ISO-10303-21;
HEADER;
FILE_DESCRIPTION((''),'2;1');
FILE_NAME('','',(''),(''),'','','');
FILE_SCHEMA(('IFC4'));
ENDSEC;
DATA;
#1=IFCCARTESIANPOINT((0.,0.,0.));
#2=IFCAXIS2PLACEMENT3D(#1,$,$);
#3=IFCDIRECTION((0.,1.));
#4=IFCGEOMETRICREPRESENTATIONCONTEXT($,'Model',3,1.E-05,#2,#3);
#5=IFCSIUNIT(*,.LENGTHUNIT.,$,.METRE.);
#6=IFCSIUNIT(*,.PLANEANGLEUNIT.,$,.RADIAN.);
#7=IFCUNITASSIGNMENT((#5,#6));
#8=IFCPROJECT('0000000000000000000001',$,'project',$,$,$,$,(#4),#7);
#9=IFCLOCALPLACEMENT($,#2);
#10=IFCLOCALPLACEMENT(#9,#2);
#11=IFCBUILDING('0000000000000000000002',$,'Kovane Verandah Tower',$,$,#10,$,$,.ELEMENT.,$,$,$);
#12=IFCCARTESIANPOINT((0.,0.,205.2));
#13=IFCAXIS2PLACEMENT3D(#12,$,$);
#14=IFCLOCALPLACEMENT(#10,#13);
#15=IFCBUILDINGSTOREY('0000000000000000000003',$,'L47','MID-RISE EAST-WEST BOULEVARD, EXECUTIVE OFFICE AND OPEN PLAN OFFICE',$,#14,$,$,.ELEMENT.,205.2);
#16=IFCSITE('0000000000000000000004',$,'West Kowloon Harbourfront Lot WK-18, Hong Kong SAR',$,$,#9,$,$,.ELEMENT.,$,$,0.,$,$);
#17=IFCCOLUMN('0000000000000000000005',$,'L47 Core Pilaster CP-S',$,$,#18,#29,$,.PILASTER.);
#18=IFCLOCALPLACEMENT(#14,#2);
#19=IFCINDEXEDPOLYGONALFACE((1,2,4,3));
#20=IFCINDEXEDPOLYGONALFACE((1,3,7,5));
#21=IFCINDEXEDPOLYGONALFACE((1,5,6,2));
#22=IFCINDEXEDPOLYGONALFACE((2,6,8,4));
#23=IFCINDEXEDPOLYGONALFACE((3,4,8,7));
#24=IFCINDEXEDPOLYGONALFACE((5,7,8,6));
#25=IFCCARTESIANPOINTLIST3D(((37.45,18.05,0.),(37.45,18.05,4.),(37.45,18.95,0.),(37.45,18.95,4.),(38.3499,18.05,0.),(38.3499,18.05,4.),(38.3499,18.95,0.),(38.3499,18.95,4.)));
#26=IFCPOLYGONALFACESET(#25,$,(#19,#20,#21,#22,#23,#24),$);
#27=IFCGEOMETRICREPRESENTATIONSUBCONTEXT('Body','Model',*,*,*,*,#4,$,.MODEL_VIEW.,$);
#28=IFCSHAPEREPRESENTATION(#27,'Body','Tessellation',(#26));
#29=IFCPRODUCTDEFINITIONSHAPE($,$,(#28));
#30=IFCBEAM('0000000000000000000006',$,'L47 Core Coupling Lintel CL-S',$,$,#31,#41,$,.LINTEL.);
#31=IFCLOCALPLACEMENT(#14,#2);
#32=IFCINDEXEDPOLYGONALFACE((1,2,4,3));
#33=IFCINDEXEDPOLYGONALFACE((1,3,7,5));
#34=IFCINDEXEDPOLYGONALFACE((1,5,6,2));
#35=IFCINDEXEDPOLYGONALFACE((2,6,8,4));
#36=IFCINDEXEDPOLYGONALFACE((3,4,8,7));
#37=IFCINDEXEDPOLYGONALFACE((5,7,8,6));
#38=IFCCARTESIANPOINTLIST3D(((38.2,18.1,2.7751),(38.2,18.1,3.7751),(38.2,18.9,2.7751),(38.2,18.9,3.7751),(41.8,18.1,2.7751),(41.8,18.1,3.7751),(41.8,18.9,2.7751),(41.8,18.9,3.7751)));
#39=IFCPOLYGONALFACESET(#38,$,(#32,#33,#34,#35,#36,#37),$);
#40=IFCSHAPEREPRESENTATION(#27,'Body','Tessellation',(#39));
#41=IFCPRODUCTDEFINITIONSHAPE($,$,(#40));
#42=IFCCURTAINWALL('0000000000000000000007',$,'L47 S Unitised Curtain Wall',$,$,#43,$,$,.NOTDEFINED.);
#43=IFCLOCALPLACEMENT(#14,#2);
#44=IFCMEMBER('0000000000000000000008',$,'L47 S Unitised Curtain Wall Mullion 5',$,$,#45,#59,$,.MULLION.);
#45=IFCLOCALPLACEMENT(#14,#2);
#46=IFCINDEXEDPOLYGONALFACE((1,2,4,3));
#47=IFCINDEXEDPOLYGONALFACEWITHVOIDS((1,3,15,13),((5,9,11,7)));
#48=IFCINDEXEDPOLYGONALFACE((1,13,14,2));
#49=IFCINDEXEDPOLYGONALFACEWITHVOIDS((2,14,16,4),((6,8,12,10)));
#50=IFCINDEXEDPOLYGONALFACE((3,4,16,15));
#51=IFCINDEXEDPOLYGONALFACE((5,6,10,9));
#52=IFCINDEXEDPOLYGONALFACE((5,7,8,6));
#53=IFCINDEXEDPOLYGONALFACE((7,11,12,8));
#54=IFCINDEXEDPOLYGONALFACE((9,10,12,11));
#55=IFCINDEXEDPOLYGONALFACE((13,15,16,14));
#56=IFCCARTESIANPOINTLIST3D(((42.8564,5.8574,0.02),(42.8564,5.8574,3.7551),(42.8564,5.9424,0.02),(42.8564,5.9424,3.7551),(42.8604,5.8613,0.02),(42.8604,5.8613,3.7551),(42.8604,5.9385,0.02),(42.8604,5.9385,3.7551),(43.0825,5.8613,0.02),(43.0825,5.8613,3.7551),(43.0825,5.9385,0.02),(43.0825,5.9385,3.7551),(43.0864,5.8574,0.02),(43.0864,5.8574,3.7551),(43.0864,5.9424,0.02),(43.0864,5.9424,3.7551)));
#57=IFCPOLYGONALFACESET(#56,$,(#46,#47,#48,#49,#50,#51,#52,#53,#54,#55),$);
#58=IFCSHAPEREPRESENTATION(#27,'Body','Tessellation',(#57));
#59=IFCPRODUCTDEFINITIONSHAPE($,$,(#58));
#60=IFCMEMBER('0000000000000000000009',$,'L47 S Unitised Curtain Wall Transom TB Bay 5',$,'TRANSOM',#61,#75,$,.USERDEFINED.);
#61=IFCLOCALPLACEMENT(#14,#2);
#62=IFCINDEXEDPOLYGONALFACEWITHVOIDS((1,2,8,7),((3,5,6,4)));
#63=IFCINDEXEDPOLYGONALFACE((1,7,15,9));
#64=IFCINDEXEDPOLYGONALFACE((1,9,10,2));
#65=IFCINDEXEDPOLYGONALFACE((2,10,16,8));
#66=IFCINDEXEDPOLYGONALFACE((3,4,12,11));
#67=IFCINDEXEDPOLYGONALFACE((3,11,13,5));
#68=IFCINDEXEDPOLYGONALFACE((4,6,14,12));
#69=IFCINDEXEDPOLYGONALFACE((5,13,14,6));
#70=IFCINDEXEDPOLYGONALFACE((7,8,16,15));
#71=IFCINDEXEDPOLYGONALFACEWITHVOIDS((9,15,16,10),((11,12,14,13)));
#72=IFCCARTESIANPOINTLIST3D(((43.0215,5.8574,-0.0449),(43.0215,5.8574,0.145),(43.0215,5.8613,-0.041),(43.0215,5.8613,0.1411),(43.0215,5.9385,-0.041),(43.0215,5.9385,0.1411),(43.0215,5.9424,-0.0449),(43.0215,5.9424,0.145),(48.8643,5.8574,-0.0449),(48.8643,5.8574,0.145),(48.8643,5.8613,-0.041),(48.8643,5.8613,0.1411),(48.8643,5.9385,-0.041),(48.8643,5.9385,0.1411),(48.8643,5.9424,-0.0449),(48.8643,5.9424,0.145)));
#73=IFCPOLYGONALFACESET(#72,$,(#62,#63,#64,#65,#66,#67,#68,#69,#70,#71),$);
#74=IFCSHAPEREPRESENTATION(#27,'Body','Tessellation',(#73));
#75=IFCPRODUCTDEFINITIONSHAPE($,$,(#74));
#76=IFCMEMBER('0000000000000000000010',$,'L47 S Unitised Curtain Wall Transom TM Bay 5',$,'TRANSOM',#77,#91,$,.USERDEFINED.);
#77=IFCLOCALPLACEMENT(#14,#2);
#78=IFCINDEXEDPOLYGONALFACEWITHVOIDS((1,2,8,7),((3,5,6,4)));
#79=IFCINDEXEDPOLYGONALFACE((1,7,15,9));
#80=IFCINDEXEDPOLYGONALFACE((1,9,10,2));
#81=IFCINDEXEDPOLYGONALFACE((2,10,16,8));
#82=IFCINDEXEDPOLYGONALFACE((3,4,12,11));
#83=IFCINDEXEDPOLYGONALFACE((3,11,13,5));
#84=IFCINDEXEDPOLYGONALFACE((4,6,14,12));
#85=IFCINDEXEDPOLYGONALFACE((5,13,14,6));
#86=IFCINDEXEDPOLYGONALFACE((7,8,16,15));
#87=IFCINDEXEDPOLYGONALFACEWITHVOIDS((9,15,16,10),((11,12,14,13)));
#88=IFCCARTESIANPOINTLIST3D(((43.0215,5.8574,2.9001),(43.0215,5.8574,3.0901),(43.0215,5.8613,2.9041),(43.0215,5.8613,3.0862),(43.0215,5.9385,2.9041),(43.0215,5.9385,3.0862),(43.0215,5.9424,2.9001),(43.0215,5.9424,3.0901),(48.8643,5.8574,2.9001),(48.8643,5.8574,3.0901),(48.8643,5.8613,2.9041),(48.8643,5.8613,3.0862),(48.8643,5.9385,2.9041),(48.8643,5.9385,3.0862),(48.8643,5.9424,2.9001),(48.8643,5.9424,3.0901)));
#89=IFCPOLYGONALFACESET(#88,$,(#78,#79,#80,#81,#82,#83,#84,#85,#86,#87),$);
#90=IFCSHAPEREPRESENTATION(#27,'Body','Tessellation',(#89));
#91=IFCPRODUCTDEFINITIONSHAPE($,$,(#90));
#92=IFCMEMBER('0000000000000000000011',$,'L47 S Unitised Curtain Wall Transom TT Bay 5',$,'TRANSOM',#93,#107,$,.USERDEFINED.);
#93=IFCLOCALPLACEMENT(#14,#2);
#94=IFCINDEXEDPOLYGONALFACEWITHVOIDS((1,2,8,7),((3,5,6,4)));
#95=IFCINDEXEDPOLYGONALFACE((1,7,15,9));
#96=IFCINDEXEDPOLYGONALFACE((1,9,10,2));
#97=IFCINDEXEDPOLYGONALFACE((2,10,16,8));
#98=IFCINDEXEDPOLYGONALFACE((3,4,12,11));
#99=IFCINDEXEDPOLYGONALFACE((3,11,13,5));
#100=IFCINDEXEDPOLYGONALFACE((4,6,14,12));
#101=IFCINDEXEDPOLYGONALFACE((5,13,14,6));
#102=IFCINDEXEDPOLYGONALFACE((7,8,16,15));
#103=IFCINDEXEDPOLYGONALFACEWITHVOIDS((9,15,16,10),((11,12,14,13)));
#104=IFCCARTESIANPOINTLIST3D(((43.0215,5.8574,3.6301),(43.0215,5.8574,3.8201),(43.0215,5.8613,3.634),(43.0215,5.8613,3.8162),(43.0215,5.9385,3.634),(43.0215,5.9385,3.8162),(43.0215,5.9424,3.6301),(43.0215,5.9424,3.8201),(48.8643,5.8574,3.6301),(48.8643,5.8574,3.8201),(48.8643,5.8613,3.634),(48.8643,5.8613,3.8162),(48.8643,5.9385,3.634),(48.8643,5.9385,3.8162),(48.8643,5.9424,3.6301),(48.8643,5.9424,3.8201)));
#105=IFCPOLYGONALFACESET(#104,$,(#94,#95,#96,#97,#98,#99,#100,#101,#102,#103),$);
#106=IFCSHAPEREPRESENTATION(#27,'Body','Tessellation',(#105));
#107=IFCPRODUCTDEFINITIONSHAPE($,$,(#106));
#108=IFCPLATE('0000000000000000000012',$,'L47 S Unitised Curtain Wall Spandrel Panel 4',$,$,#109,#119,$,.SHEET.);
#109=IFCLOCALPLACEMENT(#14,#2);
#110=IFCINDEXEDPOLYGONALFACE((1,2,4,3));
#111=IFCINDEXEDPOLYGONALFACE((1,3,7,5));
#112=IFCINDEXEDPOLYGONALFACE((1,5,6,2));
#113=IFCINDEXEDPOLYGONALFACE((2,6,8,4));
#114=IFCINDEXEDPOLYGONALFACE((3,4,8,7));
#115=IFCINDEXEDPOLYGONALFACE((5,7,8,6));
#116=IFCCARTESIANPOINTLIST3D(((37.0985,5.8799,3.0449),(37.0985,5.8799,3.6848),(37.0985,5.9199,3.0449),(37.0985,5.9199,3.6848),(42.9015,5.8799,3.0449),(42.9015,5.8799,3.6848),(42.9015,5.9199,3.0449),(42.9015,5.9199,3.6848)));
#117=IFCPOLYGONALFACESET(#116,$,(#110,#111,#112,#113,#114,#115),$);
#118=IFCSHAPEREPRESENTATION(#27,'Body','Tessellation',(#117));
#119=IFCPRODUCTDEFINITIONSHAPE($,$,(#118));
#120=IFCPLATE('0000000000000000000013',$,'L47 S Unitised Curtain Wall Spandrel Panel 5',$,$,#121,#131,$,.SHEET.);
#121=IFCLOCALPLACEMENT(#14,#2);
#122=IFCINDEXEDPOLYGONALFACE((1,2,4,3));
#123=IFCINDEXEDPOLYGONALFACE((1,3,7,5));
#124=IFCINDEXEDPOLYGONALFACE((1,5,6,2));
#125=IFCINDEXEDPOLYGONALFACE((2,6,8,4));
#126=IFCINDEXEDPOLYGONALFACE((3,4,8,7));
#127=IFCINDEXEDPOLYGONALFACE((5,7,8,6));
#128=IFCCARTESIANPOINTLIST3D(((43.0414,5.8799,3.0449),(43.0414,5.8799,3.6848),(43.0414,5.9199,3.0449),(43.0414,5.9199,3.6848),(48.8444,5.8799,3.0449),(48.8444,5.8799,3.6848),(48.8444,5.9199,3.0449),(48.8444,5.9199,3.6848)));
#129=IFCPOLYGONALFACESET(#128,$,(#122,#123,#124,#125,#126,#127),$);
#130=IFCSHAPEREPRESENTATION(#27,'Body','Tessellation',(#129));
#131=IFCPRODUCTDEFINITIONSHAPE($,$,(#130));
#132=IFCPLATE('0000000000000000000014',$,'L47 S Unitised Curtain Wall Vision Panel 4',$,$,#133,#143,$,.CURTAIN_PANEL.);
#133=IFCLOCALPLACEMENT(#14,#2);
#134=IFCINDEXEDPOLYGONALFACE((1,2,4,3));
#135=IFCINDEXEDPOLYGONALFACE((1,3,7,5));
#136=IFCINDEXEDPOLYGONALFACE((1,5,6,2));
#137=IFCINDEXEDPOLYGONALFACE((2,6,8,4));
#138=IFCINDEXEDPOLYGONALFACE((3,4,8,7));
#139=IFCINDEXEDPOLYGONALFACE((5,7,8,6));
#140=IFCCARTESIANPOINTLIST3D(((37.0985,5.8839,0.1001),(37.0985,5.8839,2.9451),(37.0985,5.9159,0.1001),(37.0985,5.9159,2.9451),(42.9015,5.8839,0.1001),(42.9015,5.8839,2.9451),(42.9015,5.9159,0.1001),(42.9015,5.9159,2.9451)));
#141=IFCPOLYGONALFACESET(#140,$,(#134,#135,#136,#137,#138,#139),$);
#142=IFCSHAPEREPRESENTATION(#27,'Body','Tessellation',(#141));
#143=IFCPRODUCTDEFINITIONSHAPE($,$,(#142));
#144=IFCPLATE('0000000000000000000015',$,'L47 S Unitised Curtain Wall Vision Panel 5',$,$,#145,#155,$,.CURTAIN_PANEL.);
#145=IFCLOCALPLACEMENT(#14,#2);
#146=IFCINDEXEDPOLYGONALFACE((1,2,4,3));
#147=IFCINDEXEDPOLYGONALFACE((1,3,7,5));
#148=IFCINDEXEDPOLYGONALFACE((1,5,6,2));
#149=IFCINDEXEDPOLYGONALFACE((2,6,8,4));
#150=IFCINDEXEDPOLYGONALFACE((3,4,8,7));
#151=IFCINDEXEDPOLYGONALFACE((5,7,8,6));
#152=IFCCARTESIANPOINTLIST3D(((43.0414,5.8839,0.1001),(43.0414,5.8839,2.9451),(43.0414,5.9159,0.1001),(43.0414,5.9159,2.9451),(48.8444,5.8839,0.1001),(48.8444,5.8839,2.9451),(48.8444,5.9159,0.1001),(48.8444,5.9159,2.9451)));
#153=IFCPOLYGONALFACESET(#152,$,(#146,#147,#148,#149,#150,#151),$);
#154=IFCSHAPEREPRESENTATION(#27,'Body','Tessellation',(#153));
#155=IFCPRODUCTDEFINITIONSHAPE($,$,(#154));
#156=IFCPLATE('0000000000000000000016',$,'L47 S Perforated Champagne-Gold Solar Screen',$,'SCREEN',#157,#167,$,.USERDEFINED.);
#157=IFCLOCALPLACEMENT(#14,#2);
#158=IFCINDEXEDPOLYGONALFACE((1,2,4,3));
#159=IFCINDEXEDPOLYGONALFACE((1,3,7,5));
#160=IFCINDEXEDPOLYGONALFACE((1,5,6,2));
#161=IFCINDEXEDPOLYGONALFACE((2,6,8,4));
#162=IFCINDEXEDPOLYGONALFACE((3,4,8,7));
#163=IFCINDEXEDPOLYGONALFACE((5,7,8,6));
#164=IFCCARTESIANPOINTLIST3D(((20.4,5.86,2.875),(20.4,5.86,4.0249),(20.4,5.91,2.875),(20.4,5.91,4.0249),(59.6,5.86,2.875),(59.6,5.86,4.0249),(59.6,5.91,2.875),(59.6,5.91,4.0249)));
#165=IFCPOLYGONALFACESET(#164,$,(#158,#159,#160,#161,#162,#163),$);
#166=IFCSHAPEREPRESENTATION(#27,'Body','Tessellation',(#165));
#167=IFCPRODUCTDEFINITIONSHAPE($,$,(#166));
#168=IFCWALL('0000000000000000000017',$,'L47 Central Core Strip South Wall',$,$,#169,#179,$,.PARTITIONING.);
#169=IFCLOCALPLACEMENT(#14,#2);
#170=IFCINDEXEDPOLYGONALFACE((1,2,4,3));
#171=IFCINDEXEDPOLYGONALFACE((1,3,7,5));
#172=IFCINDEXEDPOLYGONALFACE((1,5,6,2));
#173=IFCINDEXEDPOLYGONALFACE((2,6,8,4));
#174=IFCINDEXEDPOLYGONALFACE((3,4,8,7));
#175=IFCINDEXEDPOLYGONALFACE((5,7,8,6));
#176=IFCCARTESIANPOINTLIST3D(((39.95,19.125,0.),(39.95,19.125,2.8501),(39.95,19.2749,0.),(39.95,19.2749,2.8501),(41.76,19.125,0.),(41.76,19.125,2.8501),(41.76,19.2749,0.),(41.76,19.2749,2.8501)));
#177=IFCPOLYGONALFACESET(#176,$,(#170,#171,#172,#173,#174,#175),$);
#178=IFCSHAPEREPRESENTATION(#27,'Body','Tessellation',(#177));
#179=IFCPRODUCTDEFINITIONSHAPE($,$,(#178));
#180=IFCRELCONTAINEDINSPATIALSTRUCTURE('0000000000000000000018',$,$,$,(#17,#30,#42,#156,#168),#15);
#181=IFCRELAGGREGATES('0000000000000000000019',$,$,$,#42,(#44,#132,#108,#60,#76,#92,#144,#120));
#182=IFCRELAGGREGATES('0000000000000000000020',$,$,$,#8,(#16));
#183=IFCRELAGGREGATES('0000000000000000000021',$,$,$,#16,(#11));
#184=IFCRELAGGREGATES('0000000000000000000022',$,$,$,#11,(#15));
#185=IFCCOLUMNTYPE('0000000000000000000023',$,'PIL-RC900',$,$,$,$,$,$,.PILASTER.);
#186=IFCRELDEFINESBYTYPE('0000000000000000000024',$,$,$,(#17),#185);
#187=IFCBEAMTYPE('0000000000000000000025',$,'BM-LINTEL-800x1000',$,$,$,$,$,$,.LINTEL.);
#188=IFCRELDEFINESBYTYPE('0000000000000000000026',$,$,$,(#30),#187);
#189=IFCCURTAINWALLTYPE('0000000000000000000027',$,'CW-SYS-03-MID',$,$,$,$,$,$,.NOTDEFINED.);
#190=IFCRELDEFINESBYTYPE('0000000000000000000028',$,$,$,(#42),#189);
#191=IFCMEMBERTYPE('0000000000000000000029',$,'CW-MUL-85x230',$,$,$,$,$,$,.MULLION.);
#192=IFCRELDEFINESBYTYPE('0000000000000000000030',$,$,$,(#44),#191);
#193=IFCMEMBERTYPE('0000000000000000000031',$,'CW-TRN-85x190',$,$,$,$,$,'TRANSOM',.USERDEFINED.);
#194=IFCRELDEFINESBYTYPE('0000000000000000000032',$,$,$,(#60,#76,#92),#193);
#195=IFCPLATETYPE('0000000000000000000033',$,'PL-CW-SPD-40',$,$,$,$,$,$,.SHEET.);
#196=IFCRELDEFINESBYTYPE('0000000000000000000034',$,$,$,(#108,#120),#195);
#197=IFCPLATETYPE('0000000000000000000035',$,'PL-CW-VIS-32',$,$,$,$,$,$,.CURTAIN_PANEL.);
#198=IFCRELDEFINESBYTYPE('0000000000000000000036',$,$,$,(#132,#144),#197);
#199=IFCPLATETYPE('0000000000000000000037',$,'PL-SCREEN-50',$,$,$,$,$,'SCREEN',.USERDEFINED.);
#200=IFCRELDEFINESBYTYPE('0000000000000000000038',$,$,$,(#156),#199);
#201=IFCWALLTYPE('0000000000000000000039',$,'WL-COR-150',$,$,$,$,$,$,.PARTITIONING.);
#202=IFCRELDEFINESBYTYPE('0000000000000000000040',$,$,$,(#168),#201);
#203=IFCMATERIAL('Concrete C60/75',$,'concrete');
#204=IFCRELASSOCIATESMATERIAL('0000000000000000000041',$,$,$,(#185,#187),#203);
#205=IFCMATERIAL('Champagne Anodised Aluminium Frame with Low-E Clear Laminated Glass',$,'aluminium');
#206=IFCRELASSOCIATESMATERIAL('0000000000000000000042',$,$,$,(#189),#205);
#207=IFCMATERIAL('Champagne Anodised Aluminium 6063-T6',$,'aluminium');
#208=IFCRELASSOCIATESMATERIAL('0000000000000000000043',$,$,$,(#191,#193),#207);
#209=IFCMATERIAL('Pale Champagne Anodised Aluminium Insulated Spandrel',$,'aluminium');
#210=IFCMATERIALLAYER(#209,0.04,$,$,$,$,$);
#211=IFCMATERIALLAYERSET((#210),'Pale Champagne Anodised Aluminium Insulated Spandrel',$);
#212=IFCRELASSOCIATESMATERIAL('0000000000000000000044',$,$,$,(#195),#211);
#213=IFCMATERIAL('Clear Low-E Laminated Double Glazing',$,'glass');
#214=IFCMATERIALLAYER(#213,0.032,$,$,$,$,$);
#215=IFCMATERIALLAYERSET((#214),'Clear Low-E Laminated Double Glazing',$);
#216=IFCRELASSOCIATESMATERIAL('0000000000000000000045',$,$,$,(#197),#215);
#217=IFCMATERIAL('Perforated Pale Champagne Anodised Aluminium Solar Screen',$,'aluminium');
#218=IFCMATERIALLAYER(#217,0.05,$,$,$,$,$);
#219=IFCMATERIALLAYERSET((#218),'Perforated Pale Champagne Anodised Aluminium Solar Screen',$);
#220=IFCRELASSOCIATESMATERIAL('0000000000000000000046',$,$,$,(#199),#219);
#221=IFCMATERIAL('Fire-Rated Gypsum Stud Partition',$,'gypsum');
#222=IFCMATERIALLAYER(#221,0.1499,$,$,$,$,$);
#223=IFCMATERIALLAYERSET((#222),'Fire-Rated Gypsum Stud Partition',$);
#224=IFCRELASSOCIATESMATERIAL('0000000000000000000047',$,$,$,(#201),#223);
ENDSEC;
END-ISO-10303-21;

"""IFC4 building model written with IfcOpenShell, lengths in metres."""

from ifc_helpers import new_model, si_unit, direction, frame, frame_2d, origin, origin_2d, place, context, subcontext, project, spatial, rectangle, hollow_rectangle, extrude, material, layer, layer_set, material_profile, profile_set, type_object, element, aggregate, save


model = new_model("IFC4")

# Units and contexts
model_context = context("Model", 3, precision=1e-05, world=origin(), true_north=direction((0.0, 1.0)))
body_context = subcontext(model_context, "Body", "Model", "MODEL_VIEW")
ifc_project = project(units=[si_unit("LENGTHUNIT", "METRE"), si_unit("PLANEANGLEUNIT", "RADIAN")], contexts=[model_context])

# Site, building, storey
site_placement = place(None, origin())
site = spatial("IfcSite", under=ifc_project, at=site_placement, Name="West Kowloon Harbourfront Lot WK-18, Hong Kong SAR", CompositionType="ELEMENT", RefElevation=0.0)
building_placement = place(site_placement, origin())
building = spatial("IfcBuilding", under=site, at=building_placement, Name="Kovane Verandah Tower", CompositionType="ELEMENT")
storey_placement = place(building_placement, frame((0.0, 0.0, 205.2)))
storey = spatial("IfcBuildingStorey", under=building, at=storey_placement, Name="L47", Description="MID-RISE EAST-WEST BOULEVARD, EXECUTIVE OFFICE AND OPEN PLAN OFFICE", CompositionType="ELEMENT", Elevation=205.2)

# Column
ifc_material_1 = material(Name="Concrete C60/75", Category="concrete")
ifc_material_profile_1 = material_profile(ifc_material_1, rectangle(XDim=0.8999, YDim=0.8999, at=origin_2d()), Name="RC900x900")
ifc_profile_set_1 = profile_set([ifc_material_profile_1], Name="Concrete C60/75")
column_type = type_object("IfcColumnType", Name="PIL-RC900", PredefinedType="PILASTER", material=ifc_profile_set_1)
column_placement = place(storey_placement, frame((37.8999, 18.5, 0.0), z_axis=(0.0, 0.0, 1.0), x_axis=(1.0, 0.0, 0.0)))
element("IfcColumn", 1, at=column_placement, inside=storey, type_object=column_type, Name="L47 Core Pilaster CP-S", PredefinedType="PILASTER", context=body_context, shape_type="SweptSolid", body=[
    extrude(rectangle(XDim=0.8999, YDim=0.8999, at=origin_2d()), origin(), (0.0, 0.0, 1.0), 4.0),
])

# Beam
ifc_material_profile_2 = material_profile(ifc_material_1, rectangle(XDim=0.8, YDim=1.0, at=origin_2d()), Name="RCB800x1000")
ifc_profile_set_2 = profile_set([ifc_material_profile_2], Name="Concrete C60/75")
beam_type = type_object("IfcBeamType", Name="BM-LINTEL-800x1000", PredefinedType="LINTEL", material=ifc_profile_set_2)
beam_placement = place(storey_placement, frame((38.2, 18.5, 3.2751), z_axis=(1.0, 0.0, 0.0), x_axis=(0.0, 1.0, 0.0)))
element("IfcBeam", 2, at=beam_placement, inside=storey, type_object=beam_type, Name="L47 Core Coupling Lintel CL-S", PredefinedType="LINTEL", context=body_context, shape_type="SweptSolid", body=[
    extrude(rectangle(XDim=0.8, YDim=1.0, at=origin_2d()), origin(), (0.0, 0.0, 1.0), 3.6001),
])

# Curtain wall, members, plates
ifc_material_2 = material(Name="Champagne Anodised Aluminium Frame with Low-E Clear Laminated Glass", Category="aluminium")
curtain_wall_type = type_object("IfcCurtainWallType", Name="CW-SYS-03-MID", PredefinedType="NOTDEFINED", material=ifc_material_2)
curtain_wall_placement = place(storey_placement, origin())
curtain_wall = element("IfcCurtainWall", 3, at=curtain_wall_placement, inside=storey, type_object=curtain_wall_type, Name="L47 S Unitised Curtain Wall", PredefinedType="NOTDEFINED")
ifc_material_3 = material(Name="Champagne Anodised Aluminium 6063-T6", Category="aluminium")
ifc_material_profile_3 = material_profile(ifc_material_3, hollow_rectangle(XDim=0.085, YDim=0.23, WallThickness=0.0039, at=origin_2d()), Name="AL85x230x4")
ifc_profile_set_3 = profile_set([ifc_material_profile_3], Name="Champagne Anodised Aluminium 6063-T6")
member_type_1 = type_object("IfcMemberType", Name="CW-MUL-85x230", PredefinedType="MULLION", material=ifc_profile_set_3)
member_1_placement = place(storey_placement, frame((42.9714, 5.8999, 0.02), z_axis=(0.0, 0.0, 1.0), x_axis=(0.0, -1.0, 0.0)))
member_1 = element("IfcMember", 4, at=member_1_placement, type_object=member_type_1, Name="L47 S Unitised Curtain Wall Mullion 5", PredefinedType="MULLION", context=body_context, shape_type="SweptSolid", body=[
    extrude(hollow_rectangle(XDim=0.085, YDim=0.23, WallThickness=0.0039, at=origin_2d()), origin(), (0.0, 0.0, 1.0), 3.7351),
])
ifc_material_profile_4 = material_profile(ifc_material_3, hollow_rectangle(XDim=0.085, YDim=0.1899, WallThickness=0.0039, at=origin_2d()), Name="AL85x190x4")
ifc_profile_set_4 = profile_set([ifc_material_profile_4], Name="Champagne Anodised Aluminium 6063-T6")
member_type_2 = type_object("IfcMemberType", Name="CW-TRN-85x190", ElementType="TRANSOM", PredefinedType="USERDEFINED", material=ifc_profile_set_4)
member_2_placement = place(storey_placement, frame((43.0215, 5.8999, 0.05), z_axis=(1.0, 0.0, 0.0), x_axis=(0.0, 1.0, 0.0)))
member_2 = element("IfcMember", 5, at=member_2_placement, type_object=member_type_2, Name="L47 S Unitised Curtain Wall Transom TB Bay 5", ObjectType="TRANSOM", PredefinedType="USERDEFINED", context=body_context, shape_type="SweptSolid", body=[
    extrude(hollow_rectangle(XDim=0.085, YDim=0.1899, WallThickness=0.0039, at=origin_2d()), origin(), (0.0, 0.0, 1.0), 5.8428),
])
member_3_placement = place(storey_placement, frame((43.0215, 5.8999, 2.9951), z_axis=(1.0, 0.0, 0.0), x_axis=(0.0, 1.0, 0.0)))
member_3 = element("IfcMember", 6, at=member_3_placement, type_object=member_type_2, Name="L47 S Unitised Curtain Wall Transom TM Bay 5", ObjectType="TRANSOM", PredefinedType="USERDEFINED", context=body_context, shape_type="SweptSolid", body=[
    extrude(hollow_rectangle(XDim=0.085, YDim=0.1899, WallThickness=0.0039, at=origin_2d()), origin(), (0.0, 0.0, 1.0), 5.8428),
])
member_4_placement = place(storey_placement, frame((43.0215, 5.8999, 3.7251), z_axis=(1.0, 0.0, 0.0), x_axis=(0.0, 1.0, 0.0)))
member_4 = element("IfcMember", 7, at=member_4_placement, type_object=member_type_2, Name="L47 S Unitised Curtain Wall Transom TT Bay 5", ObjectType="TRANSOM", PredefinedType="USERDEFINED", context=body_context, shape_type="SweptSolid", body=[
    extrude(hollow_rectangle(XDim=0.085, YDim=0.1899, WallThickness=0.0039, at=origin_2d()), origin(), (0.0, 0.0, 1.0), 5.8428),
])
ifc_material_4 = material(Name="Pale Champagne Anodised Aluminium Insulated Spandrel", Category="aluminium")
ifc_layer_1 = layer(ifc_material_4, 0.04)
ifc_layer_set_1 = layer_set([ifc_layer_1], Name="Pale Champagne Anodised Aluminium Insulated Spandrel")
plate_type_1 = type_object("IfcPlateType", Name="PL-CW-SPD-40", PredefinedType="SHEET", material=ifc_layer_set_1)
plate_1_placement = place(storey_placement, frame((40.0, 5.8999, 3.0449), z_axis=(0.0, 0.0, 1.0), x_axis=(1.0, 0.0, 0.0)))
plate_1 = element("IfcPlate", 8, at=plate_1_placement, type_object=plate_type_1, Name="L47 S Unitised Curtain Wall Spandrel Panel 4", PredefinedType="SHEET", context=body_context, shape_type="SweptSolid", body=[
    extrude(rectangle(XDim=5.803, YDim=0.04, at=origin_2d()), origin(), (0.0, 0.0, 1.0), 0.6399),
])
plate_2_placement = place(storey_placement, frame((45.9429, 5.8999, 3.0449), z_axis=(0.0, 0.0, 1.0), x_axis=(1.0, 0.0, 0.0)))
plate_2 = element("IfcPlate", 9, at=plate_2_placement, type_object=plate_type_1, Name="L47 S Unitised Curtain Wall Spandrel Panel 5", PredefinedType="SHEET", context=body_context, shape_type="SweptSolid", body=[
    extrude(rectangle(XDim=5.803, YDim=0.04, at=origin_2d()), origin(), (0.0, 0.0, 1.0), 0.6399),
])
ifc_material_5 = material(Name="Clear Low-E Laminated Double Glazing", Category="glass")
ifc_layer_2 = layer(ifc_material_5, 0.032)
ifc_layer_set_2 = layer_set([ifc_layer_2], Name="Clear Low-E Laminated Double Glazing")
plate_type_2 = type_object("IfcPlateType", Name="PL-CW-VIS-32", PredefinedType="CURTAIN_PANEL", material=ifc_layer_set_2)
plate_3_placement = place(storey_placement, frame((40.0, 5.8999, 0.1001), z_axis=(0.0, 0.0, 1.0), x_axis=(1.0, 0.0, 0.0)))
plate_3 = element("IfcPlate", 10, at=plate_3_placement, type_object=plate_type_2, Name="L47 S Unitised Curtain Wall Vision Panel 4", PredefinedType="CURTAIN_PANEL", context=body_context, shape_type="SweptSolid", body=[
    extrude(rectangle(XDim=5.803, YDim=0.032, at=origin_2d()), origin(), (0.0, 0.0, 1.0), 2.845),
])
plate_4_placement = place(storey_placement, frame((45.9429, 5.8999, 0.1001), z_axis=(0.0, 0.0, 1.0), x_axis=(1.0, 0.0, 0.0)))
plate_4 = element("IfcPlate", 11, at=plate_4_placement, type_object=plate_type_2, Name="L47 S Unitised Curtain Wall Vision Panel 5", PredefinedType="CURTAIN_PANEL", context=body_context, shape_type="SweptSolid", body=[
    extrude(rectangle(XDim=5.803, YDim=0.032, at=origin_2d()), origin(), (0.0, 0.0, 1.0), 2.845),
])
aggregate(curtain_wall, [member_1, plate_3, plate_1, member_2, member_3, member_4, plate_4, plate_2])

# Plate
ifc_material_6 = material(Name="Perforated Pale Champagne Anodised Aluminium Solar Screen", Category="aluminium")
ifc_layer_3 = layer(ifc_material_6, 0.05)
ifc_layer_set_3 = layer_set([ifc_layer_3], Name="Perforated Pale Champagne Anodised Aluminium Solar Screen")
plate_type_3 = type_object("IfcPlateType", Name="PL-SCREEN-50", ElementType="SCREEN", PredefinedType="USERDEFINED", material=ifc_layer_set_3)
plate_5_placement = place(storey_placement, frame((40.0, 5.885, 2.875), z_axis=(0.0, 0.0, 1.0), x_axis=(1.0, 0.0, 0.0)))
element("IfcPlate", 12, at=plate_5_placement, inside=storey, type_object=plate_type_3, Name="L47 S Perforated Champagne-Gold Solar Screen", ObjectType="SCREEN", PredefinedType="USERDEFINED", context=body_context, shape_type="SweptSolid", body=[
    extrude(rectangle(XDim=39.2, YDim=0.05, at=origin_2d()), origin(), (0.0, 0.0, 1.0), 1.1499),
])

# Wall
ifc_material_7 = material(Name="Fire-Rated Gypsum Stud Partition", Category="gypsum")
ifc_layer_4 = layer(ifc_material_7, 0.1499)
ifc_layer_set_4 = layer_set([ifc_layer_4], Name="Fire-Rated Gypsum Stud Partition")
wall_type_1 = type_object("IfcWallType", Name="WL-COR-150", PredefinedType="PARTITIONING", material=ifc_layer_set_4)
wall_1_placement = place(storey_placement, frame((39.95, 19.2, 0.0), z_axis=(0.0, 0.0, 1.0), x_axis=(1.0, 0.0, 0.0)))
element("IfcWall", 13, at=wall_1_placement, inside=storey, type_object=wall_type_1, Name="L47 Central Core Strip South Wall", PredefinedType="PARTITIONING", context=body_context, shape_type="SweptSolid", body=[
    extrude(rectangle(XDim=1.8101, YDim=0.1499, at=frame_2d((0.905, 0.0))), origin(), (0.0, 0.0, 1.0), 2.8501),
])

save(model, "model.ifc")
